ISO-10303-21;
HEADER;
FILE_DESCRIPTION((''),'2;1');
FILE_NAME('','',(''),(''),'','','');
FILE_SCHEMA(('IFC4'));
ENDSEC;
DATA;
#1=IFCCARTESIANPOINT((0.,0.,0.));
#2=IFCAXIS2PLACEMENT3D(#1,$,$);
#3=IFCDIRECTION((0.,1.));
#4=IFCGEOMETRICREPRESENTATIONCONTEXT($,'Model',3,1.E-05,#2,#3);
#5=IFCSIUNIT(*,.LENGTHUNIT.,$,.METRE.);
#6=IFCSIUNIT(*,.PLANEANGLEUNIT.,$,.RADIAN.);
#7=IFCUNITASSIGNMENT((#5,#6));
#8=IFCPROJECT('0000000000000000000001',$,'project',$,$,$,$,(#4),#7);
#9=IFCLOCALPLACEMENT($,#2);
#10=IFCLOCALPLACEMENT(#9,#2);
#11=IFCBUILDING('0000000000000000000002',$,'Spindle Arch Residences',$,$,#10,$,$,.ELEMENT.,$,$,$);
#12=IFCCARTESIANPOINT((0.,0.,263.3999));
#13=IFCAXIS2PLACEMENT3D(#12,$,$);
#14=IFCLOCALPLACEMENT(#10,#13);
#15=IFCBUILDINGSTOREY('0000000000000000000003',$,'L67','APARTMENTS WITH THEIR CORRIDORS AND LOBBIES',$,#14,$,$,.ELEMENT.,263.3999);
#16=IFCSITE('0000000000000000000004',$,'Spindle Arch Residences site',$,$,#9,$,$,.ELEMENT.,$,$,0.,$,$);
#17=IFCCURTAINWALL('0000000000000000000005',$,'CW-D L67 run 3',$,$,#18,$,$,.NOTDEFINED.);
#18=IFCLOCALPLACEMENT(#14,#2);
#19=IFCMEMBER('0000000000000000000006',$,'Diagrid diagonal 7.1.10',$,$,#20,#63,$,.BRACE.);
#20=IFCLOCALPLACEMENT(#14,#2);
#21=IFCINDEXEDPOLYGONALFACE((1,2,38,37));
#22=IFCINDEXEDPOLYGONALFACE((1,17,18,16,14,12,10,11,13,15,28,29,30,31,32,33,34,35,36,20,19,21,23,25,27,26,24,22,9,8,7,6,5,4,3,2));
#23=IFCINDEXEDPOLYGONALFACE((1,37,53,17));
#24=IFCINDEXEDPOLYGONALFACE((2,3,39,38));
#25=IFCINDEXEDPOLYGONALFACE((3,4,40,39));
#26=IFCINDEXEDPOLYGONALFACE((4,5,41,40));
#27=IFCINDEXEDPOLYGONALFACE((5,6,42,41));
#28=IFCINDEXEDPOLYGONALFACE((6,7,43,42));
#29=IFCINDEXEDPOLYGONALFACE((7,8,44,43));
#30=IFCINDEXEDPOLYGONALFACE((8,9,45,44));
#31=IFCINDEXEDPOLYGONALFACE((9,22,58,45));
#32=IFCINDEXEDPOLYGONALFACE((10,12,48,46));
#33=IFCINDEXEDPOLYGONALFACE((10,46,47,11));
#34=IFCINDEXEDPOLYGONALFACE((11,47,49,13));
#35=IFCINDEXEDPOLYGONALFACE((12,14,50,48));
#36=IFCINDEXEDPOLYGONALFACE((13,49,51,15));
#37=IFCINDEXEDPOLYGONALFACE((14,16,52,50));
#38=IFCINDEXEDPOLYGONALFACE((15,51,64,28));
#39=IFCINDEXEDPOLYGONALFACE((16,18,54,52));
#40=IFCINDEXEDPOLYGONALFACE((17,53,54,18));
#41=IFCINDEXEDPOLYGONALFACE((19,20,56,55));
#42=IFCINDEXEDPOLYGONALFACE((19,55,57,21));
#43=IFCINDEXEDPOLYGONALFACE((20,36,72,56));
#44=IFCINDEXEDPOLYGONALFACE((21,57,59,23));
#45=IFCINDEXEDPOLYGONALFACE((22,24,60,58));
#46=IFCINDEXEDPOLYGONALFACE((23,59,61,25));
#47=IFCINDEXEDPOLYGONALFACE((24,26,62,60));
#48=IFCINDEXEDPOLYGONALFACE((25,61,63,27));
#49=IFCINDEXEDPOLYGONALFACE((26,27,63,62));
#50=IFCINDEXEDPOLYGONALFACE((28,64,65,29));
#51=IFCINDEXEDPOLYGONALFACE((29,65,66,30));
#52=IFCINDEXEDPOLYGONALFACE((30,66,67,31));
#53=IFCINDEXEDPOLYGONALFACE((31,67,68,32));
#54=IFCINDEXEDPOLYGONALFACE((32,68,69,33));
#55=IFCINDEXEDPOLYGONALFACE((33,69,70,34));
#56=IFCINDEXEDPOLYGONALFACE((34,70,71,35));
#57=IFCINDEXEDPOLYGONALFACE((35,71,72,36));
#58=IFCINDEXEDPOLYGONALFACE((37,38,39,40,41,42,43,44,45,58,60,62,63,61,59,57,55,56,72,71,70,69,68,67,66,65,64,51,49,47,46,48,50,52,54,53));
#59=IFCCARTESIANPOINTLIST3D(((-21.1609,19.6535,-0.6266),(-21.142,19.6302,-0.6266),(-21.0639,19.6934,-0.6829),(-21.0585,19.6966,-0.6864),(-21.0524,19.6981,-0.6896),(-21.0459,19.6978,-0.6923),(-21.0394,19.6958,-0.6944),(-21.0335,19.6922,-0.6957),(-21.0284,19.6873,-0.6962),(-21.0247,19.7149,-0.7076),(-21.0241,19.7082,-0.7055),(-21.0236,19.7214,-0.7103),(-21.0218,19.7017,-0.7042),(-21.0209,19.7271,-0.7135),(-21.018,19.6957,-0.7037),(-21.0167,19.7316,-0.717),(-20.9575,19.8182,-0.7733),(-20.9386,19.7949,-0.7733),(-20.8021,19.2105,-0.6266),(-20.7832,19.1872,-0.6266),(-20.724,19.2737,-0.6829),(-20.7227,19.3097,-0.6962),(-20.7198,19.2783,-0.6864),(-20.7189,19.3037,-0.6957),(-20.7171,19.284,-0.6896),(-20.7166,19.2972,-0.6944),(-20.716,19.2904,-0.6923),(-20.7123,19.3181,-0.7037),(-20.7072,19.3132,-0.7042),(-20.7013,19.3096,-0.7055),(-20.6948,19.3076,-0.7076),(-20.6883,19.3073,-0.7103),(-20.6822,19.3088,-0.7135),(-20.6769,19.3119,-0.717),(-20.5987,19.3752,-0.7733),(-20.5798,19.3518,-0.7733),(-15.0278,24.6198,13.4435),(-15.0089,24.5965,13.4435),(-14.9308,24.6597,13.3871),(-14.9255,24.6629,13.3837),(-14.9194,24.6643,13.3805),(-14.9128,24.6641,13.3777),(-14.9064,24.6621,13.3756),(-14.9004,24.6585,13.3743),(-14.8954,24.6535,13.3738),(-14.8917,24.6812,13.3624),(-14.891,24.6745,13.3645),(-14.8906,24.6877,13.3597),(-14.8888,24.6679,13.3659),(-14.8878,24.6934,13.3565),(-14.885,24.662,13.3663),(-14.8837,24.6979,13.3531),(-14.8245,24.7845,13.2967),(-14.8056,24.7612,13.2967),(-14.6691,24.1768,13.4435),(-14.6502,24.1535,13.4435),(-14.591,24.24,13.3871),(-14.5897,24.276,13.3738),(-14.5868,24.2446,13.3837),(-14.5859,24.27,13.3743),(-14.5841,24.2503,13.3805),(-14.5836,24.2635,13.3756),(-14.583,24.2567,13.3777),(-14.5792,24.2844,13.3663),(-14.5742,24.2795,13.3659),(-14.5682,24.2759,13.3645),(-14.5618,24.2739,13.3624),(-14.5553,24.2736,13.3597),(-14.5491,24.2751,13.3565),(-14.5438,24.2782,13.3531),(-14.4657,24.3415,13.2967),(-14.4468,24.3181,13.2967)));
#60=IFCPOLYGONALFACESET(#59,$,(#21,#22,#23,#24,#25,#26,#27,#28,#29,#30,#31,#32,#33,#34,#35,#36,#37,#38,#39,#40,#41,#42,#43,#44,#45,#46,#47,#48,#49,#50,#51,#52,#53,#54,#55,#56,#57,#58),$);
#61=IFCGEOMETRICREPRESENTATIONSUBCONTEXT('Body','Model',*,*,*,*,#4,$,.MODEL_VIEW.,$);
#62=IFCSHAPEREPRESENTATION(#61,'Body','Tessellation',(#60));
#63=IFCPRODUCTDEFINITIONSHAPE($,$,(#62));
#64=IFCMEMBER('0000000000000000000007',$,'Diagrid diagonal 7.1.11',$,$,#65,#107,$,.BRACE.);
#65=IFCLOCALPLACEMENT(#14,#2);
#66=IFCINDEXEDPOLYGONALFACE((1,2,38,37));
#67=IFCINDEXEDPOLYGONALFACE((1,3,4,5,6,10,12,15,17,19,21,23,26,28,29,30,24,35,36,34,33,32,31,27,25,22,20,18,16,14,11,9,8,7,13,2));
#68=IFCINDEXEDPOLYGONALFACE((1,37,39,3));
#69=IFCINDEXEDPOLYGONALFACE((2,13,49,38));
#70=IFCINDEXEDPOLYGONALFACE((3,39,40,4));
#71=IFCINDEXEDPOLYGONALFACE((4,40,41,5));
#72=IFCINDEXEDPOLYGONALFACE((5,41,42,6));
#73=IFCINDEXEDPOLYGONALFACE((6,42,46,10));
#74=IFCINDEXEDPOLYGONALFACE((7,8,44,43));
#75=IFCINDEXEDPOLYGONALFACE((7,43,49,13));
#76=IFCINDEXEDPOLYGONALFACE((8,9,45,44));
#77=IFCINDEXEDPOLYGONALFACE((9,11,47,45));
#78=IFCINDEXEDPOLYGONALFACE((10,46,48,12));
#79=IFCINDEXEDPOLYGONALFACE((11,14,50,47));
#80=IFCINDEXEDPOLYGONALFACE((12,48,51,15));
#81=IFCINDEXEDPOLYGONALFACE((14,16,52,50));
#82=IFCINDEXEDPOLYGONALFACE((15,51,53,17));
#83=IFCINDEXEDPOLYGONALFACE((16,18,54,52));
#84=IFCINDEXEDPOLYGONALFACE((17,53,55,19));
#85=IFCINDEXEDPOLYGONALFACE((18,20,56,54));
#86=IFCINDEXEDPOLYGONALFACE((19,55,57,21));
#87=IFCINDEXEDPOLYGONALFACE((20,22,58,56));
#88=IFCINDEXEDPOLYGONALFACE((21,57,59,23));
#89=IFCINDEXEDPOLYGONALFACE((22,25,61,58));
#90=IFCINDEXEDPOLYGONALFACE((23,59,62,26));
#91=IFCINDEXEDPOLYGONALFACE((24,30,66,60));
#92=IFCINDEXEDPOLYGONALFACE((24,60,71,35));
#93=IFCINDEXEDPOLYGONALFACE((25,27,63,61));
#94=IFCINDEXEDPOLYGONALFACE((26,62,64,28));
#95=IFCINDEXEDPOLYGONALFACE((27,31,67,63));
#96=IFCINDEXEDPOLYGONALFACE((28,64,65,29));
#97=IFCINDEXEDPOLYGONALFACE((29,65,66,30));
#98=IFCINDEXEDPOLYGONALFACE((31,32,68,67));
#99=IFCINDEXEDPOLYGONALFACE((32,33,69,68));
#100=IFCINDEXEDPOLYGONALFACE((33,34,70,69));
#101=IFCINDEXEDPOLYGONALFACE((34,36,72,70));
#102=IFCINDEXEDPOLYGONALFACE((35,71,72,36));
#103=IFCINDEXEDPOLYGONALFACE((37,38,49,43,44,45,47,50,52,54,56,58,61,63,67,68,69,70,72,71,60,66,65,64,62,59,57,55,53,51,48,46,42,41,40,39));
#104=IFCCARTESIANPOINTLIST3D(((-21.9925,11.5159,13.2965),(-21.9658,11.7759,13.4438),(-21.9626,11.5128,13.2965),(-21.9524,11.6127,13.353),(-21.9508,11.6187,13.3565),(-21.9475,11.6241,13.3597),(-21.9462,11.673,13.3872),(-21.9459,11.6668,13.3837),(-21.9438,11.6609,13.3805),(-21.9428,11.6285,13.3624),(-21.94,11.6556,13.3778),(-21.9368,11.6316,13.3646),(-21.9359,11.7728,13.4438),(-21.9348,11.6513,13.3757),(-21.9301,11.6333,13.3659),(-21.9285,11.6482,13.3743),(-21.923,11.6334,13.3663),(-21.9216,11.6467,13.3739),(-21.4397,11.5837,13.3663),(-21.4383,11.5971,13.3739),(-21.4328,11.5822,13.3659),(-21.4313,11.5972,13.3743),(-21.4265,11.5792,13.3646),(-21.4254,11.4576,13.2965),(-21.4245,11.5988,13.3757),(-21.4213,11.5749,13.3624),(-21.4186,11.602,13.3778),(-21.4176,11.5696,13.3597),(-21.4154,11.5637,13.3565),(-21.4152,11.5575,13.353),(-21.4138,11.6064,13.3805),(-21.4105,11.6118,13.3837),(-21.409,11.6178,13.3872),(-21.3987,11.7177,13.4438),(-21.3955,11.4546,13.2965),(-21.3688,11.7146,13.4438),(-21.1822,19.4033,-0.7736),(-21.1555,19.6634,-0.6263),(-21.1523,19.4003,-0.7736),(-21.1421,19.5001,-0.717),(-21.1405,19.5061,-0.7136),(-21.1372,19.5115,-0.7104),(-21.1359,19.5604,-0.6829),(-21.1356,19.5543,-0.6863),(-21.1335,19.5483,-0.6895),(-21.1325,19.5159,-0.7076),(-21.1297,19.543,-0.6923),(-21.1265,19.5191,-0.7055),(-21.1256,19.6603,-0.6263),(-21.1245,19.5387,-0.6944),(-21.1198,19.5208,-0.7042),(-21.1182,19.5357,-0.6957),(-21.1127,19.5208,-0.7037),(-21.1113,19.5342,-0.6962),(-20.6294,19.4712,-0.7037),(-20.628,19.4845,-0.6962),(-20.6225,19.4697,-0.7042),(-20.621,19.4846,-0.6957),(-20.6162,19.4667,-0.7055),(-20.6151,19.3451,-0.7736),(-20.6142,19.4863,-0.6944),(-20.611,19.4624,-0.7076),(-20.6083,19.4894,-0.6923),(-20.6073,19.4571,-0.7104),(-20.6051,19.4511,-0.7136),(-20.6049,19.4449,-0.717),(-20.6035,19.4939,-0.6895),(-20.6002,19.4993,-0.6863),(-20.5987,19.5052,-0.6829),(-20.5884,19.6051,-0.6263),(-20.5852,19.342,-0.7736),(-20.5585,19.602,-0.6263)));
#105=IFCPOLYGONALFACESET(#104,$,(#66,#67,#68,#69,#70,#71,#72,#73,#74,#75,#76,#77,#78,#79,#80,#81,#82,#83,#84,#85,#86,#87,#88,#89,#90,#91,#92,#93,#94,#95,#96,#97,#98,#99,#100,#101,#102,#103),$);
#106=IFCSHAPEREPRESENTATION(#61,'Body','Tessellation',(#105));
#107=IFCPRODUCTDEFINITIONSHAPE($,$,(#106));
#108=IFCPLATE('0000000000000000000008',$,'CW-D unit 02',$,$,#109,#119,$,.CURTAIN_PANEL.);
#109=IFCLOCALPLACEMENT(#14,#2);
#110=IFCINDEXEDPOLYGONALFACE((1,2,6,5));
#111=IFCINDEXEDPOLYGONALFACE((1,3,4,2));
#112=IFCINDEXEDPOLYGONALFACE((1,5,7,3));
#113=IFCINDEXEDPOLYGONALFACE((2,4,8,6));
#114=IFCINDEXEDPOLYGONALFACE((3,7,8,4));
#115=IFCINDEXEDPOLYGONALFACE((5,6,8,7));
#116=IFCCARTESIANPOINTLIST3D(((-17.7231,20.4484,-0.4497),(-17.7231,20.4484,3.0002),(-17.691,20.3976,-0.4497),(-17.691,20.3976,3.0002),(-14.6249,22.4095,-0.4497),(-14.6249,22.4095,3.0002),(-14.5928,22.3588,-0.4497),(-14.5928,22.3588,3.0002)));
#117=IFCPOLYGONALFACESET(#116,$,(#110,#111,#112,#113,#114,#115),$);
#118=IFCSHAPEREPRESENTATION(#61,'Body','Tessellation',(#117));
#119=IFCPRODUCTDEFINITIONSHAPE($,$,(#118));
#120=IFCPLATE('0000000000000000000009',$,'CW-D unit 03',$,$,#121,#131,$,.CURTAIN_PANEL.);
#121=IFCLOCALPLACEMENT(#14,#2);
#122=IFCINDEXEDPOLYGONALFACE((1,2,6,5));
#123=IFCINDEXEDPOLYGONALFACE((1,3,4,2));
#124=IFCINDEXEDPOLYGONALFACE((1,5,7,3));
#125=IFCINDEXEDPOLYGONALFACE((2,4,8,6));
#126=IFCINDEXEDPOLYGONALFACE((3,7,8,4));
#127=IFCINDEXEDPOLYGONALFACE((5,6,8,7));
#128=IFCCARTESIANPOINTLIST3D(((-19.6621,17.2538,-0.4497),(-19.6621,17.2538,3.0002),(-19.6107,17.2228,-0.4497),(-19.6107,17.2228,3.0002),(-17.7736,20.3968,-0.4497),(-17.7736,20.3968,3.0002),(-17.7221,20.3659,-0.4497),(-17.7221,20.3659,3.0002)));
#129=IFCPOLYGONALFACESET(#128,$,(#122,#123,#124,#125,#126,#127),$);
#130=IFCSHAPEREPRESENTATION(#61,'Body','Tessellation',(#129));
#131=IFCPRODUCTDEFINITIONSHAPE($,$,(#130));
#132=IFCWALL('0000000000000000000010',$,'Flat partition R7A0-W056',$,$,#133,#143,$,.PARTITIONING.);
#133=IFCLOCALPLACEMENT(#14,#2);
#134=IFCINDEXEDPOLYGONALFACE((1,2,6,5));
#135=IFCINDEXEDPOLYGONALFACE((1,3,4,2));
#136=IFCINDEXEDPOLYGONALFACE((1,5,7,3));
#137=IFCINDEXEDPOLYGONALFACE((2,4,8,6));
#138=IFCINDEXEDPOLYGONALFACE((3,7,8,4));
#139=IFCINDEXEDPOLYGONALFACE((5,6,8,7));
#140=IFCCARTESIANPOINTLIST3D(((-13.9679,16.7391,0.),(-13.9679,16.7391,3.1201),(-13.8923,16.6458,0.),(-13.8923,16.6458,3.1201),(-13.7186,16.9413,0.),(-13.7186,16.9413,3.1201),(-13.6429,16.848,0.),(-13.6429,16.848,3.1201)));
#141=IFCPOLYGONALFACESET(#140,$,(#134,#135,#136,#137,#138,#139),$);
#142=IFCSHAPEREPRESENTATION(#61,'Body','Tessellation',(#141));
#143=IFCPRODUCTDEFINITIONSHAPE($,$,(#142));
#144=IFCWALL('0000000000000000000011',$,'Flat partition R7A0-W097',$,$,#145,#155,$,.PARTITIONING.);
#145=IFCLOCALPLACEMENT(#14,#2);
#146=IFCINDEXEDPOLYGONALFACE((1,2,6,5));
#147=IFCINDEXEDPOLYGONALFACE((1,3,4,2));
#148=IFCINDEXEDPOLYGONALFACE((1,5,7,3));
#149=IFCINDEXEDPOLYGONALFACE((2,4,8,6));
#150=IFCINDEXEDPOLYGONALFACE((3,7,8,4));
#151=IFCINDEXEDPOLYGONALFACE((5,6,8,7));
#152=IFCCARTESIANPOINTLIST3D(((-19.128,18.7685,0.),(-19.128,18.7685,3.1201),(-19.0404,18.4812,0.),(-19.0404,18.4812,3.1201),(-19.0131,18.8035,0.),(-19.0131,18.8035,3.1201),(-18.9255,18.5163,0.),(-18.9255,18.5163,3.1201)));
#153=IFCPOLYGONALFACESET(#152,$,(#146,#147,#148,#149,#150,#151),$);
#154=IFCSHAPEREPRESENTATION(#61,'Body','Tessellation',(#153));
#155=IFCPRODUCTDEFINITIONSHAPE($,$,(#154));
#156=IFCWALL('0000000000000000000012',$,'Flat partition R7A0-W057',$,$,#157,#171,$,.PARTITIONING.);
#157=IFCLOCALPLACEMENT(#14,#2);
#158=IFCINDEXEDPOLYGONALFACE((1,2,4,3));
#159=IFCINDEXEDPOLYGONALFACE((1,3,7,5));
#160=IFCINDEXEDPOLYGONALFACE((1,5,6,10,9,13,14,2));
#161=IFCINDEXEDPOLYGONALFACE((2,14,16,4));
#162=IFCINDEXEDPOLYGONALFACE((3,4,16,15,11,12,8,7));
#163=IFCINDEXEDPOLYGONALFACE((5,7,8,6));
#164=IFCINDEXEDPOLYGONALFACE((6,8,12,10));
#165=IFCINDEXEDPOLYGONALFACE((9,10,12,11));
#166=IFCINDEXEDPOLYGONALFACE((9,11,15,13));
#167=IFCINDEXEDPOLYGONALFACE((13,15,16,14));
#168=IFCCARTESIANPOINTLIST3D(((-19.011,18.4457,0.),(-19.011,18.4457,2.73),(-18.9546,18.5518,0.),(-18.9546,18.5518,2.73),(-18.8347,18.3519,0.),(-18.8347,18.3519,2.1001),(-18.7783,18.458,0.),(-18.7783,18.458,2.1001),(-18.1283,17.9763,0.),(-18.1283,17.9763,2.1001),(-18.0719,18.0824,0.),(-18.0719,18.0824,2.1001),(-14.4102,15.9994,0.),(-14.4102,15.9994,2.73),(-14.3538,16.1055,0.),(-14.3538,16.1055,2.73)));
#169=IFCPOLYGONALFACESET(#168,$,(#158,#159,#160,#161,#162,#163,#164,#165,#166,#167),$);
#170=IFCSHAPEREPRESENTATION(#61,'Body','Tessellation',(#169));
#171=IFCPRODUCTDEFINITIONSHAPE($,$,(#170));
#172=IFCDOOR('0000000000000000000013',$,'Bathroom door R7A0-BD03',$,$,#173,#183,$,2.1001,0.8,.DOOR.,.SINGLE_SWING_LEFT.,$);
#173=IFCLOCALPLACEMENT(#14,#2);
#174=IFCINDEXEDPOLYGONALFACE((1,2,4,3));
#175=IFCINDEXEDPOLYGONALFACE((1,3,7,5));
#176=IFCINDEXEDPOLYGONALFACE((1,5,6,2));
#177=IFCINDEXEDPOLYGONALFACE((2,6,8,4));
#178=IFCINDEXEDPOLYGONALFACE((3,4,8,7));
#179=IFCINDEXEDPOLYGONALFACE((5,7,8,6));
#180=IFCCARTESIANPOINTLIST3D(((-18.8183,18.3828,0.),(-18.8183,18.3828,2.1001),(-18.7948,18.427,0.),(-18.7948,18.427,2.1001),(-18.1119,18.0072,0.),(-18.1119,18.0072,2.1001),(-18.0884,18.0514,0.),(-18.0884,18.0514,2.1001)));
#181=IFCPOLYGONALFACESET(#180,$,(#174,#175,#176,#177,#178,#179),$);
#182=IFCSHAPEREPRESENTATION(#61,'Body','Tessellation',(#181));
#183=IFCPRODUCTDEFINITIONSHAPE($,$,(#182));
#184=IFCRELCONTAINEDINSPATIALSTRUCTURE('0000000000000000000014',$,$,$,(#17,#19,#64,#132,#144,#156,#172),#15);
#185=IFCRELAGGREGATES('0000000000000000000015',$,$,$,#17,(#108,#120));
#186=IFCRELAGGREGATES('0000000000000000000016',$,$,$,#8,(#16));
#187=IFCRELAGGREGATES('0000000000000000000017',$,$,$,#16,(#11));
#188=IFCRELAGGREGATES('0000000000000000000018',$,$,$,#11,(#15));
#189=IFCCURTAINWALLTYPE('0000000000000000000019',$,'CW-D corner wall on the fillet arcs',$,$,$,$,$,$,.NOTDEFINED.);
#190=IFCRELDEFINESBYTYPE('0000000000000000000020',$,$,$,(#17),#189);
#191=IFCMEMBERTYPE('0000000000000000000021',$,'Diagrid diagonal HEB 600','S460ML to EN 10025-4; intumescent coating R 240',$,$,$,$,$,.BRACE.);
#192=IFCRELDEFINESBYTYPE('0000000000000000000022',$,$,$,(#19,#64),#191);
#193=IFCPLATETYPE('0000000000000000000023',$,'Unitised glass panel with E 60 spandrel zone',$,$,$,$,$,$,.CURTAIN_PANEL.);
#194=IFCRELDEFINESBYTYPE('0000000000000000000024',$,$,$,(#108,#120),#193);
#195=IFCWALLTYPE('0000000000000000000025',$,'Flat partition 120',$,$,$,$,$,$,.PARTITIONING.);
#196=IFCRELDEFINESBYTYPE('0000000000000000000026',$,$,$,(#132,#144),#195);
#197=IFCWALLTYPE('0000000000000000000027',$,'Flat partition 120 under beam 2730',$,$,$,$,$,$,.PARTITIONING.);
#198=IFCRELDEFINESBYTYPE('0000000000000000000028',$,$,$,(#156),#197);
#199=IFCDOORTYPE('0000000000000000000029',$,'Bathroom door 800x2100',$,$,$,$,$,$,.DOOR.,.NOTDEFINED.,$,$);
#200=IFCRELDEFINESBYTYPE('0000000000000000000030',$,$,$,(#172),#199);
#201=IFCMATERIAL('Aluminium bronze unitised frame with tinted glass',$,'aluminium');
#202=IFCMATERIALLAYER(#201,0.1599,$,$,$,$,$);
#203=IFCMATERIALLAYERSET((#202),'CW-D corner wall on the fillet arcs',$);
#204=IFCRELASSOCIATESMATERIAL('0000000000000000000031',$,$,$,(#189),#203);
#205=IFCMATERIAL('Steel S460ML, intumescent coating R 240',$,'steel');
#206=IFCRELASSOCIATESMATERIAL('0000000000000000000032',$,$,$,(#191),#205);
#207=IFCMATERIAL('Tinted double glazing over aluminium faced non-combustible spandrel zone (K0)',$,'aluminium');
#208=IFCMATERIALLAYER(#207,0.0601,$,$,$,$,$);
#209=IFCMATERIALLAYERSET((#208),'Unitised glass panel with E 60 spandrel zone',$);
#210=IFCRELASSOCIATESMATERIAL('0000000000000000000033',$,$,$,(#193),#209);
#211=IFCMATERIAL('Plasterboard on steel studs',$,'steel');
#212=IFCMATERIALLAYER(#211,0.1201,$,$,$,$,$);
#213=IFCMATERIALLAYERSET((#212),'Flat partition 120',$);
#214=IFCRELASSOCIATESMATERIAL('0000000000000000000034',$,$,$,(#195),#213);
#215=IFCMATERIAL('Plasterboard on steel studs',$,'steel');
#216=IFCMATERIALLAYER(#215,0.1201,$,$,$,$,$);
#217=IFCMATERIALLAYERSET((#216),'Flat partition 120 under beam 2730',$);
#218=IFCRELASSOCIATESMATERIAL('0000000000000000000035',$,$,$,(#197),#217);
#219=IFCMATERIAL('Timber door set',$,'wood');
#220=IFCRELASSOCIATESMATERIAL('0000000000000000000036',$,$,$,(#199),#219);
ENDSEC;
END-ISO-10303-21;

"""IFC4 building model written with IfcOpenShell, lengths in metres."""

from ifc_helpers import new_model, si_unit, direction, frame, frame_2d, origin, origin_2d, place, context, subcontext, project, spatial, rectangle, i_section, extrude, material, layer, layer_set, material_profile, profile_set, type_object, element, fill, aggregate, save


model = new_model("IFC4")

# Units and contexts
model_context = context("Model", 3, precision=1e-05, world=origin(), true_north=direction((0.0, 1.0)))
body_context = subcontext(model_context, "Body", "Model", "MODEL_VIEW")
ifc_project = project(units=[si_unit("LENGTHUNIT", "METRE"), si_unit("PLANEANGLEUNIT", "RADIAN")], contexts=[model_context])

# Site, building, storey
site_placement = place(None, origin())
site = spatial("IfcSite", under=ifc_project, at=site_placement, Name="Spindle Arch Residences site", CompositionType="ELEMENT", RefElevation=0.0)
building_placement = place(site_placement, origin())
building = spatial("IfcBuilding", under=site, at=building_placement, Name="Spindle Arch Residences", CompositionType="ELEMENT")
storey_placement = place(building_placement, frame((0.0, 0.0, 263.3999)))
storey = spatial("IfcBuildingStorey", under=building, at=storey_placement, Name="L67", Description="APARTMENTS WITH THEIR CORRIDORS AND LOBBIES", CompositionType="ELEMENT", Elevation=263.3999)

# Curtain wall
ifc_material_1 = material(Name="Aluminium bronze unitised frame with tinted glass", Category="aluminium")
ifc_layer_1 = layer(ifc_material_1, 0.1599)
ifc_layer_set_1 = layer_set([ifc_layer_1], Name="CW-D corner wall on the fillet arcs")
curtain_wall_type = type_object("IfcCurtainWallType", Name="CW-D corner wall on the fillet arcs", PredefinedType="NOTDEFINED", material=ifc_layer_set_1)
curtain_wall_placement = place(storey_placement, origin())
curtain_wall = element("IfcCurtainWall", 1, at=curtain_wall_placement, inside=storey, type_object=curtain_wall_type, Name="CW-D L67 run 3", PredefinedType="NOTDEFINED")

# Members
ifc_material_2 = material(Name="Steel S460ML, intumescent coating R 240", Category="steel")
ifc_material_profile_1 = material_profile(ifc_material_2, i_section(OverallWidth=0.3, OverallDepth=0.6001, WebThickness=0.0154, FlangeThickness=0.03, FilletRadius=0.0271, at=origin_2d()), Name="HEB 600")
ifc_profile_set_1 = profile_set([ifc_material_profile_1], Name="Steel S460ML, intumescent coating R 240")
member_type_1 = type_object("IfcMemberType", Name="Diagrid diagonal HEB 600", Description="S460ML to EN 10025-4; intumescent coating R 240", PredefinedType="BRACE", material=ifc_profile_set_1)
member_1_placement = place(storey_placement, frame((-20.8704, 19.5027, -0.7), z_axis=(0.380177, 0.307852, 0.872177), x_axis=(-0.677817, -0.548869, 0.48919)))
element("IfcMember", 2, at=member_1_placement, inside=storey, type_object=member_type_1, Name="Diagrid diagonal 7.1.10", PredefinedType="BRACE", context=body_context, shape_type="SweptSolid", body=[
    extrude(i_section(OverallWidth=0.3, OverallDepth=0.6001, WebThickness=0.0154, FlangeThickness=0.03, FilletRadius=0.0271, at=origin_2d()), origin(), (0.0, 0.0, 1.0), 16.1321),
])
member_2_placement = place(storey_placement, frame((-20.8704, 19.5027, -0.7), z_axis=(-0.050172, -0.488375, 0.87119), x_axis=(0.089032, 0.866629, 0.490946)))
element("IfcMember", 3, at=member_2_placement, inside=storey, type_object=member_type_1, Name="Diagrid diagonal 7.1.11", PredefinedType="BRACE", context=body_context, shape_type="SweptSolid", body=[
    extrude(i_section(OverallWidth=0.3, OverallDepth=0.6001, WebThickness=0.0154, FlangeThickness=0.03, FilletRadius=0.0271, at=origin_2d()), origin(), (0.0, 0.0, 1.0), 16.1504),
])

# Plates
ifc_material_3 = material(Name="Tinted double glazing over aluminium faced non-combustible spandrel zone (K0)", Category="aluminium")
ifc_layer_2 = layer(ifc_material_3, 0.0601)
ifc_layer_set_2 = layer_set([ifc_layer_2], Name="Unitised glass panel with E 60 spandrel zone")
plate_type = type_object("IfcPlateType", Name="Unitised glass panel with E 60 spandrel zone", PredefinedType="CURTAIN_PANEL", material=ifc_layer_set_2)
plate_1_placement = place(storey_placement, frame((-16.158, 21.4036, -0.4497), z_axis=(0.0, 0.0, 1.0), x_axis=(-0.844951, -0.534844, 0.0)))
plate_1 = element("IfcPlate", 4, at=plate_1_placement, type_object=plate_type, Name="CW-D unit 02", PredefinedType="CURTAIN_PANEL", context=body_context, shape_type="SweptSolid", body=[
    extrude(rectangle(XDim=3.6667, YDim=0.0601, at=origin_2d()), origin(), (0.0, 0.0, 1.0), 3.45),
])
plate_2_placement = place(storey_placement, frame((-18.6921, 18.8098, -0.4497), z_axis=(0.0, 0.0, 1.0), x_axis=(-0.515038, -0.857167, 0.0)))
plate_2 = element("IfcPlate", 5, at=plate_2_placement, type_object=plate_type, Name="CW-D unit 03", PredefinedType="CURTAIN_PANEL", context=body_context, shape_type="SweptSolid", body=[
    extrude(rectangle(XDim=3.6667, YDim=0.0601, at=origin_2d()), origin(), (0.0, 0.0, 1.0), 3.45),
])
aggregate(curtain_wall, [plate_1, plate_2])

# Walls
ifc_material_4 = material(Name="Plasterboard on steel studs", Category="steel")
ifc_layer_3 = layer(ifc_material_4, 0.1201)
ifc_layer_set_3 = layer_set([ifc_layer_3], Name="Flat partition 120")
wall_type_1 = type_object("IfcWallType", Name="Flat partition 120", PredefinedType="PARTITIONING", material=ifc_layer_set_3)
wall_1_placement = place(storey_placement, frame((-13.9302, 16.6924, 0.0), z_axis=(0.0, 0.0, 1.0), x_axis=(0.776695, 0.629876, 0.0)))
element("IfcWall", 6, at=wall_1_placement, inside=storey, type_object=wall_type_1, Name="Flat partition R7A0-W056", PredefinedType="PARTITIONING", context=body_context, shape_type="SweptSolid", body=[
    extrude(rectangle(XDim=0.321, YDim=0.1201, at=frame_2d((0.1606, 0.0))), origin(), (0.0, 0.0, 1.0), 3.1201),
])
wall_2_placement = place(storey_placement, frame((-18.9829, 18.4988, 0.0), z_axis=(0.0, 0.0, 1.0), x_axis=(-0.291971, 0.956427, 0.0)))
element("IfcWall", 7, at=wall_2_placement, inside=storey, type_object=wall_type_1, Name="Flat partition R7A0-W097", PredefinedType="PARTITIONING", context=body_context, shape_type="SweptSolid", body=[
    extrude(rectangle(XDim=0.3003, YDim=0.1201, at=frame_2d((0.1501, 0.0))), origin(), (0.0, 0.0, 1.0), 3.1201),
])

# Wall, opening, door
ifc_material_5 = material(Name="Plasterboard on steel studs", Category="steel")
ifc_layer_4 = layer(ifc_material_5, 0.1201)
ifc_layer_set_4 = layer_set([ifc_layer_4], Name="Flat partition 120 under beam 2730")
wall_type_2 = type_object("IfcWallType", Name="Flat partition 120 under beam 2730", PredefinedType="PARTITIONING", material=ifc_layer_set_4)
wall_3_placement = place(storey_placement, frame((-18.9829, 18.4988, 0.0), z_axis=(0.0, 0.0, 1.0), x_axis=(0.882949, -0.469469, 0.0)))
wall_3 = element("IfcWall", 8, at=wall_3_placement, inside=storey, type_object=wall_type_2, Name="Flat partition R7A0-W057", PredefinedType="PARTITIONING", context=body_context, shape_type="SweptSolid", body=[
    extrude(rectangle(XDim=5.2107, YDim=0.1201, at=frame_2d((2.6055, 0.0))), origin(), (0.0, 0.0, 1.0), 2.73),
])
opening_placement = place(wall_3_placement, frame((0.2, 0.0, 0.0)))
opening = element("IfcOpeningElement", 9, at=opening_placement, cuts=wall_3, PredefinedType="OPENING", context=body_context, shape_type="SweptSolid", body=[
    extrude(rectangle(XDim=0.8, YDim=2.1001, at=frame_2d((0.3999, 1.05))), frame((0.0, 0.0701, 0.0), z_axis=(0.0, -1.0, 0.0), x_axis=(1.0, 0.0, 0.0)), (0.0, 0.0, 1.0), 0.1401),
])
ifc_material_6 = material(Name="Timber door set", Category="wood")
door_type = type_object("IfcDoorType", Name="Bathroom door 800x2100", OperationType="NOTDEFINED", PredefinedType="DOOR", material=ifc_material_6)
door_placement = place(opening_placement, origin())
door = element("IfcDoor", 10, at=door_placement, inside=storey, type_object=door_type, Name="Bathroom door R7A0-BD03", OperationType="SINGLE_SWING_LEFT", OverallHeight=2.1001, OverallWidth=0.8, PredefinedType="DOOR", context=body_context, shape_type="SweptSolid", body=[
    extrude(rectangle(XDim=0.8, YDim=2.1001, at=frame_2d((0.3999, 1.05))), frame((0.0, 0.0249, 0.0), z_axis=(0.0, -1.0, 0.0), x_axis=(1.0, 0.0, 0.0)), (0.0, 0.0, 1.0), 0.05),
])
fill(opening, door)

save(model, "model.ifc")
